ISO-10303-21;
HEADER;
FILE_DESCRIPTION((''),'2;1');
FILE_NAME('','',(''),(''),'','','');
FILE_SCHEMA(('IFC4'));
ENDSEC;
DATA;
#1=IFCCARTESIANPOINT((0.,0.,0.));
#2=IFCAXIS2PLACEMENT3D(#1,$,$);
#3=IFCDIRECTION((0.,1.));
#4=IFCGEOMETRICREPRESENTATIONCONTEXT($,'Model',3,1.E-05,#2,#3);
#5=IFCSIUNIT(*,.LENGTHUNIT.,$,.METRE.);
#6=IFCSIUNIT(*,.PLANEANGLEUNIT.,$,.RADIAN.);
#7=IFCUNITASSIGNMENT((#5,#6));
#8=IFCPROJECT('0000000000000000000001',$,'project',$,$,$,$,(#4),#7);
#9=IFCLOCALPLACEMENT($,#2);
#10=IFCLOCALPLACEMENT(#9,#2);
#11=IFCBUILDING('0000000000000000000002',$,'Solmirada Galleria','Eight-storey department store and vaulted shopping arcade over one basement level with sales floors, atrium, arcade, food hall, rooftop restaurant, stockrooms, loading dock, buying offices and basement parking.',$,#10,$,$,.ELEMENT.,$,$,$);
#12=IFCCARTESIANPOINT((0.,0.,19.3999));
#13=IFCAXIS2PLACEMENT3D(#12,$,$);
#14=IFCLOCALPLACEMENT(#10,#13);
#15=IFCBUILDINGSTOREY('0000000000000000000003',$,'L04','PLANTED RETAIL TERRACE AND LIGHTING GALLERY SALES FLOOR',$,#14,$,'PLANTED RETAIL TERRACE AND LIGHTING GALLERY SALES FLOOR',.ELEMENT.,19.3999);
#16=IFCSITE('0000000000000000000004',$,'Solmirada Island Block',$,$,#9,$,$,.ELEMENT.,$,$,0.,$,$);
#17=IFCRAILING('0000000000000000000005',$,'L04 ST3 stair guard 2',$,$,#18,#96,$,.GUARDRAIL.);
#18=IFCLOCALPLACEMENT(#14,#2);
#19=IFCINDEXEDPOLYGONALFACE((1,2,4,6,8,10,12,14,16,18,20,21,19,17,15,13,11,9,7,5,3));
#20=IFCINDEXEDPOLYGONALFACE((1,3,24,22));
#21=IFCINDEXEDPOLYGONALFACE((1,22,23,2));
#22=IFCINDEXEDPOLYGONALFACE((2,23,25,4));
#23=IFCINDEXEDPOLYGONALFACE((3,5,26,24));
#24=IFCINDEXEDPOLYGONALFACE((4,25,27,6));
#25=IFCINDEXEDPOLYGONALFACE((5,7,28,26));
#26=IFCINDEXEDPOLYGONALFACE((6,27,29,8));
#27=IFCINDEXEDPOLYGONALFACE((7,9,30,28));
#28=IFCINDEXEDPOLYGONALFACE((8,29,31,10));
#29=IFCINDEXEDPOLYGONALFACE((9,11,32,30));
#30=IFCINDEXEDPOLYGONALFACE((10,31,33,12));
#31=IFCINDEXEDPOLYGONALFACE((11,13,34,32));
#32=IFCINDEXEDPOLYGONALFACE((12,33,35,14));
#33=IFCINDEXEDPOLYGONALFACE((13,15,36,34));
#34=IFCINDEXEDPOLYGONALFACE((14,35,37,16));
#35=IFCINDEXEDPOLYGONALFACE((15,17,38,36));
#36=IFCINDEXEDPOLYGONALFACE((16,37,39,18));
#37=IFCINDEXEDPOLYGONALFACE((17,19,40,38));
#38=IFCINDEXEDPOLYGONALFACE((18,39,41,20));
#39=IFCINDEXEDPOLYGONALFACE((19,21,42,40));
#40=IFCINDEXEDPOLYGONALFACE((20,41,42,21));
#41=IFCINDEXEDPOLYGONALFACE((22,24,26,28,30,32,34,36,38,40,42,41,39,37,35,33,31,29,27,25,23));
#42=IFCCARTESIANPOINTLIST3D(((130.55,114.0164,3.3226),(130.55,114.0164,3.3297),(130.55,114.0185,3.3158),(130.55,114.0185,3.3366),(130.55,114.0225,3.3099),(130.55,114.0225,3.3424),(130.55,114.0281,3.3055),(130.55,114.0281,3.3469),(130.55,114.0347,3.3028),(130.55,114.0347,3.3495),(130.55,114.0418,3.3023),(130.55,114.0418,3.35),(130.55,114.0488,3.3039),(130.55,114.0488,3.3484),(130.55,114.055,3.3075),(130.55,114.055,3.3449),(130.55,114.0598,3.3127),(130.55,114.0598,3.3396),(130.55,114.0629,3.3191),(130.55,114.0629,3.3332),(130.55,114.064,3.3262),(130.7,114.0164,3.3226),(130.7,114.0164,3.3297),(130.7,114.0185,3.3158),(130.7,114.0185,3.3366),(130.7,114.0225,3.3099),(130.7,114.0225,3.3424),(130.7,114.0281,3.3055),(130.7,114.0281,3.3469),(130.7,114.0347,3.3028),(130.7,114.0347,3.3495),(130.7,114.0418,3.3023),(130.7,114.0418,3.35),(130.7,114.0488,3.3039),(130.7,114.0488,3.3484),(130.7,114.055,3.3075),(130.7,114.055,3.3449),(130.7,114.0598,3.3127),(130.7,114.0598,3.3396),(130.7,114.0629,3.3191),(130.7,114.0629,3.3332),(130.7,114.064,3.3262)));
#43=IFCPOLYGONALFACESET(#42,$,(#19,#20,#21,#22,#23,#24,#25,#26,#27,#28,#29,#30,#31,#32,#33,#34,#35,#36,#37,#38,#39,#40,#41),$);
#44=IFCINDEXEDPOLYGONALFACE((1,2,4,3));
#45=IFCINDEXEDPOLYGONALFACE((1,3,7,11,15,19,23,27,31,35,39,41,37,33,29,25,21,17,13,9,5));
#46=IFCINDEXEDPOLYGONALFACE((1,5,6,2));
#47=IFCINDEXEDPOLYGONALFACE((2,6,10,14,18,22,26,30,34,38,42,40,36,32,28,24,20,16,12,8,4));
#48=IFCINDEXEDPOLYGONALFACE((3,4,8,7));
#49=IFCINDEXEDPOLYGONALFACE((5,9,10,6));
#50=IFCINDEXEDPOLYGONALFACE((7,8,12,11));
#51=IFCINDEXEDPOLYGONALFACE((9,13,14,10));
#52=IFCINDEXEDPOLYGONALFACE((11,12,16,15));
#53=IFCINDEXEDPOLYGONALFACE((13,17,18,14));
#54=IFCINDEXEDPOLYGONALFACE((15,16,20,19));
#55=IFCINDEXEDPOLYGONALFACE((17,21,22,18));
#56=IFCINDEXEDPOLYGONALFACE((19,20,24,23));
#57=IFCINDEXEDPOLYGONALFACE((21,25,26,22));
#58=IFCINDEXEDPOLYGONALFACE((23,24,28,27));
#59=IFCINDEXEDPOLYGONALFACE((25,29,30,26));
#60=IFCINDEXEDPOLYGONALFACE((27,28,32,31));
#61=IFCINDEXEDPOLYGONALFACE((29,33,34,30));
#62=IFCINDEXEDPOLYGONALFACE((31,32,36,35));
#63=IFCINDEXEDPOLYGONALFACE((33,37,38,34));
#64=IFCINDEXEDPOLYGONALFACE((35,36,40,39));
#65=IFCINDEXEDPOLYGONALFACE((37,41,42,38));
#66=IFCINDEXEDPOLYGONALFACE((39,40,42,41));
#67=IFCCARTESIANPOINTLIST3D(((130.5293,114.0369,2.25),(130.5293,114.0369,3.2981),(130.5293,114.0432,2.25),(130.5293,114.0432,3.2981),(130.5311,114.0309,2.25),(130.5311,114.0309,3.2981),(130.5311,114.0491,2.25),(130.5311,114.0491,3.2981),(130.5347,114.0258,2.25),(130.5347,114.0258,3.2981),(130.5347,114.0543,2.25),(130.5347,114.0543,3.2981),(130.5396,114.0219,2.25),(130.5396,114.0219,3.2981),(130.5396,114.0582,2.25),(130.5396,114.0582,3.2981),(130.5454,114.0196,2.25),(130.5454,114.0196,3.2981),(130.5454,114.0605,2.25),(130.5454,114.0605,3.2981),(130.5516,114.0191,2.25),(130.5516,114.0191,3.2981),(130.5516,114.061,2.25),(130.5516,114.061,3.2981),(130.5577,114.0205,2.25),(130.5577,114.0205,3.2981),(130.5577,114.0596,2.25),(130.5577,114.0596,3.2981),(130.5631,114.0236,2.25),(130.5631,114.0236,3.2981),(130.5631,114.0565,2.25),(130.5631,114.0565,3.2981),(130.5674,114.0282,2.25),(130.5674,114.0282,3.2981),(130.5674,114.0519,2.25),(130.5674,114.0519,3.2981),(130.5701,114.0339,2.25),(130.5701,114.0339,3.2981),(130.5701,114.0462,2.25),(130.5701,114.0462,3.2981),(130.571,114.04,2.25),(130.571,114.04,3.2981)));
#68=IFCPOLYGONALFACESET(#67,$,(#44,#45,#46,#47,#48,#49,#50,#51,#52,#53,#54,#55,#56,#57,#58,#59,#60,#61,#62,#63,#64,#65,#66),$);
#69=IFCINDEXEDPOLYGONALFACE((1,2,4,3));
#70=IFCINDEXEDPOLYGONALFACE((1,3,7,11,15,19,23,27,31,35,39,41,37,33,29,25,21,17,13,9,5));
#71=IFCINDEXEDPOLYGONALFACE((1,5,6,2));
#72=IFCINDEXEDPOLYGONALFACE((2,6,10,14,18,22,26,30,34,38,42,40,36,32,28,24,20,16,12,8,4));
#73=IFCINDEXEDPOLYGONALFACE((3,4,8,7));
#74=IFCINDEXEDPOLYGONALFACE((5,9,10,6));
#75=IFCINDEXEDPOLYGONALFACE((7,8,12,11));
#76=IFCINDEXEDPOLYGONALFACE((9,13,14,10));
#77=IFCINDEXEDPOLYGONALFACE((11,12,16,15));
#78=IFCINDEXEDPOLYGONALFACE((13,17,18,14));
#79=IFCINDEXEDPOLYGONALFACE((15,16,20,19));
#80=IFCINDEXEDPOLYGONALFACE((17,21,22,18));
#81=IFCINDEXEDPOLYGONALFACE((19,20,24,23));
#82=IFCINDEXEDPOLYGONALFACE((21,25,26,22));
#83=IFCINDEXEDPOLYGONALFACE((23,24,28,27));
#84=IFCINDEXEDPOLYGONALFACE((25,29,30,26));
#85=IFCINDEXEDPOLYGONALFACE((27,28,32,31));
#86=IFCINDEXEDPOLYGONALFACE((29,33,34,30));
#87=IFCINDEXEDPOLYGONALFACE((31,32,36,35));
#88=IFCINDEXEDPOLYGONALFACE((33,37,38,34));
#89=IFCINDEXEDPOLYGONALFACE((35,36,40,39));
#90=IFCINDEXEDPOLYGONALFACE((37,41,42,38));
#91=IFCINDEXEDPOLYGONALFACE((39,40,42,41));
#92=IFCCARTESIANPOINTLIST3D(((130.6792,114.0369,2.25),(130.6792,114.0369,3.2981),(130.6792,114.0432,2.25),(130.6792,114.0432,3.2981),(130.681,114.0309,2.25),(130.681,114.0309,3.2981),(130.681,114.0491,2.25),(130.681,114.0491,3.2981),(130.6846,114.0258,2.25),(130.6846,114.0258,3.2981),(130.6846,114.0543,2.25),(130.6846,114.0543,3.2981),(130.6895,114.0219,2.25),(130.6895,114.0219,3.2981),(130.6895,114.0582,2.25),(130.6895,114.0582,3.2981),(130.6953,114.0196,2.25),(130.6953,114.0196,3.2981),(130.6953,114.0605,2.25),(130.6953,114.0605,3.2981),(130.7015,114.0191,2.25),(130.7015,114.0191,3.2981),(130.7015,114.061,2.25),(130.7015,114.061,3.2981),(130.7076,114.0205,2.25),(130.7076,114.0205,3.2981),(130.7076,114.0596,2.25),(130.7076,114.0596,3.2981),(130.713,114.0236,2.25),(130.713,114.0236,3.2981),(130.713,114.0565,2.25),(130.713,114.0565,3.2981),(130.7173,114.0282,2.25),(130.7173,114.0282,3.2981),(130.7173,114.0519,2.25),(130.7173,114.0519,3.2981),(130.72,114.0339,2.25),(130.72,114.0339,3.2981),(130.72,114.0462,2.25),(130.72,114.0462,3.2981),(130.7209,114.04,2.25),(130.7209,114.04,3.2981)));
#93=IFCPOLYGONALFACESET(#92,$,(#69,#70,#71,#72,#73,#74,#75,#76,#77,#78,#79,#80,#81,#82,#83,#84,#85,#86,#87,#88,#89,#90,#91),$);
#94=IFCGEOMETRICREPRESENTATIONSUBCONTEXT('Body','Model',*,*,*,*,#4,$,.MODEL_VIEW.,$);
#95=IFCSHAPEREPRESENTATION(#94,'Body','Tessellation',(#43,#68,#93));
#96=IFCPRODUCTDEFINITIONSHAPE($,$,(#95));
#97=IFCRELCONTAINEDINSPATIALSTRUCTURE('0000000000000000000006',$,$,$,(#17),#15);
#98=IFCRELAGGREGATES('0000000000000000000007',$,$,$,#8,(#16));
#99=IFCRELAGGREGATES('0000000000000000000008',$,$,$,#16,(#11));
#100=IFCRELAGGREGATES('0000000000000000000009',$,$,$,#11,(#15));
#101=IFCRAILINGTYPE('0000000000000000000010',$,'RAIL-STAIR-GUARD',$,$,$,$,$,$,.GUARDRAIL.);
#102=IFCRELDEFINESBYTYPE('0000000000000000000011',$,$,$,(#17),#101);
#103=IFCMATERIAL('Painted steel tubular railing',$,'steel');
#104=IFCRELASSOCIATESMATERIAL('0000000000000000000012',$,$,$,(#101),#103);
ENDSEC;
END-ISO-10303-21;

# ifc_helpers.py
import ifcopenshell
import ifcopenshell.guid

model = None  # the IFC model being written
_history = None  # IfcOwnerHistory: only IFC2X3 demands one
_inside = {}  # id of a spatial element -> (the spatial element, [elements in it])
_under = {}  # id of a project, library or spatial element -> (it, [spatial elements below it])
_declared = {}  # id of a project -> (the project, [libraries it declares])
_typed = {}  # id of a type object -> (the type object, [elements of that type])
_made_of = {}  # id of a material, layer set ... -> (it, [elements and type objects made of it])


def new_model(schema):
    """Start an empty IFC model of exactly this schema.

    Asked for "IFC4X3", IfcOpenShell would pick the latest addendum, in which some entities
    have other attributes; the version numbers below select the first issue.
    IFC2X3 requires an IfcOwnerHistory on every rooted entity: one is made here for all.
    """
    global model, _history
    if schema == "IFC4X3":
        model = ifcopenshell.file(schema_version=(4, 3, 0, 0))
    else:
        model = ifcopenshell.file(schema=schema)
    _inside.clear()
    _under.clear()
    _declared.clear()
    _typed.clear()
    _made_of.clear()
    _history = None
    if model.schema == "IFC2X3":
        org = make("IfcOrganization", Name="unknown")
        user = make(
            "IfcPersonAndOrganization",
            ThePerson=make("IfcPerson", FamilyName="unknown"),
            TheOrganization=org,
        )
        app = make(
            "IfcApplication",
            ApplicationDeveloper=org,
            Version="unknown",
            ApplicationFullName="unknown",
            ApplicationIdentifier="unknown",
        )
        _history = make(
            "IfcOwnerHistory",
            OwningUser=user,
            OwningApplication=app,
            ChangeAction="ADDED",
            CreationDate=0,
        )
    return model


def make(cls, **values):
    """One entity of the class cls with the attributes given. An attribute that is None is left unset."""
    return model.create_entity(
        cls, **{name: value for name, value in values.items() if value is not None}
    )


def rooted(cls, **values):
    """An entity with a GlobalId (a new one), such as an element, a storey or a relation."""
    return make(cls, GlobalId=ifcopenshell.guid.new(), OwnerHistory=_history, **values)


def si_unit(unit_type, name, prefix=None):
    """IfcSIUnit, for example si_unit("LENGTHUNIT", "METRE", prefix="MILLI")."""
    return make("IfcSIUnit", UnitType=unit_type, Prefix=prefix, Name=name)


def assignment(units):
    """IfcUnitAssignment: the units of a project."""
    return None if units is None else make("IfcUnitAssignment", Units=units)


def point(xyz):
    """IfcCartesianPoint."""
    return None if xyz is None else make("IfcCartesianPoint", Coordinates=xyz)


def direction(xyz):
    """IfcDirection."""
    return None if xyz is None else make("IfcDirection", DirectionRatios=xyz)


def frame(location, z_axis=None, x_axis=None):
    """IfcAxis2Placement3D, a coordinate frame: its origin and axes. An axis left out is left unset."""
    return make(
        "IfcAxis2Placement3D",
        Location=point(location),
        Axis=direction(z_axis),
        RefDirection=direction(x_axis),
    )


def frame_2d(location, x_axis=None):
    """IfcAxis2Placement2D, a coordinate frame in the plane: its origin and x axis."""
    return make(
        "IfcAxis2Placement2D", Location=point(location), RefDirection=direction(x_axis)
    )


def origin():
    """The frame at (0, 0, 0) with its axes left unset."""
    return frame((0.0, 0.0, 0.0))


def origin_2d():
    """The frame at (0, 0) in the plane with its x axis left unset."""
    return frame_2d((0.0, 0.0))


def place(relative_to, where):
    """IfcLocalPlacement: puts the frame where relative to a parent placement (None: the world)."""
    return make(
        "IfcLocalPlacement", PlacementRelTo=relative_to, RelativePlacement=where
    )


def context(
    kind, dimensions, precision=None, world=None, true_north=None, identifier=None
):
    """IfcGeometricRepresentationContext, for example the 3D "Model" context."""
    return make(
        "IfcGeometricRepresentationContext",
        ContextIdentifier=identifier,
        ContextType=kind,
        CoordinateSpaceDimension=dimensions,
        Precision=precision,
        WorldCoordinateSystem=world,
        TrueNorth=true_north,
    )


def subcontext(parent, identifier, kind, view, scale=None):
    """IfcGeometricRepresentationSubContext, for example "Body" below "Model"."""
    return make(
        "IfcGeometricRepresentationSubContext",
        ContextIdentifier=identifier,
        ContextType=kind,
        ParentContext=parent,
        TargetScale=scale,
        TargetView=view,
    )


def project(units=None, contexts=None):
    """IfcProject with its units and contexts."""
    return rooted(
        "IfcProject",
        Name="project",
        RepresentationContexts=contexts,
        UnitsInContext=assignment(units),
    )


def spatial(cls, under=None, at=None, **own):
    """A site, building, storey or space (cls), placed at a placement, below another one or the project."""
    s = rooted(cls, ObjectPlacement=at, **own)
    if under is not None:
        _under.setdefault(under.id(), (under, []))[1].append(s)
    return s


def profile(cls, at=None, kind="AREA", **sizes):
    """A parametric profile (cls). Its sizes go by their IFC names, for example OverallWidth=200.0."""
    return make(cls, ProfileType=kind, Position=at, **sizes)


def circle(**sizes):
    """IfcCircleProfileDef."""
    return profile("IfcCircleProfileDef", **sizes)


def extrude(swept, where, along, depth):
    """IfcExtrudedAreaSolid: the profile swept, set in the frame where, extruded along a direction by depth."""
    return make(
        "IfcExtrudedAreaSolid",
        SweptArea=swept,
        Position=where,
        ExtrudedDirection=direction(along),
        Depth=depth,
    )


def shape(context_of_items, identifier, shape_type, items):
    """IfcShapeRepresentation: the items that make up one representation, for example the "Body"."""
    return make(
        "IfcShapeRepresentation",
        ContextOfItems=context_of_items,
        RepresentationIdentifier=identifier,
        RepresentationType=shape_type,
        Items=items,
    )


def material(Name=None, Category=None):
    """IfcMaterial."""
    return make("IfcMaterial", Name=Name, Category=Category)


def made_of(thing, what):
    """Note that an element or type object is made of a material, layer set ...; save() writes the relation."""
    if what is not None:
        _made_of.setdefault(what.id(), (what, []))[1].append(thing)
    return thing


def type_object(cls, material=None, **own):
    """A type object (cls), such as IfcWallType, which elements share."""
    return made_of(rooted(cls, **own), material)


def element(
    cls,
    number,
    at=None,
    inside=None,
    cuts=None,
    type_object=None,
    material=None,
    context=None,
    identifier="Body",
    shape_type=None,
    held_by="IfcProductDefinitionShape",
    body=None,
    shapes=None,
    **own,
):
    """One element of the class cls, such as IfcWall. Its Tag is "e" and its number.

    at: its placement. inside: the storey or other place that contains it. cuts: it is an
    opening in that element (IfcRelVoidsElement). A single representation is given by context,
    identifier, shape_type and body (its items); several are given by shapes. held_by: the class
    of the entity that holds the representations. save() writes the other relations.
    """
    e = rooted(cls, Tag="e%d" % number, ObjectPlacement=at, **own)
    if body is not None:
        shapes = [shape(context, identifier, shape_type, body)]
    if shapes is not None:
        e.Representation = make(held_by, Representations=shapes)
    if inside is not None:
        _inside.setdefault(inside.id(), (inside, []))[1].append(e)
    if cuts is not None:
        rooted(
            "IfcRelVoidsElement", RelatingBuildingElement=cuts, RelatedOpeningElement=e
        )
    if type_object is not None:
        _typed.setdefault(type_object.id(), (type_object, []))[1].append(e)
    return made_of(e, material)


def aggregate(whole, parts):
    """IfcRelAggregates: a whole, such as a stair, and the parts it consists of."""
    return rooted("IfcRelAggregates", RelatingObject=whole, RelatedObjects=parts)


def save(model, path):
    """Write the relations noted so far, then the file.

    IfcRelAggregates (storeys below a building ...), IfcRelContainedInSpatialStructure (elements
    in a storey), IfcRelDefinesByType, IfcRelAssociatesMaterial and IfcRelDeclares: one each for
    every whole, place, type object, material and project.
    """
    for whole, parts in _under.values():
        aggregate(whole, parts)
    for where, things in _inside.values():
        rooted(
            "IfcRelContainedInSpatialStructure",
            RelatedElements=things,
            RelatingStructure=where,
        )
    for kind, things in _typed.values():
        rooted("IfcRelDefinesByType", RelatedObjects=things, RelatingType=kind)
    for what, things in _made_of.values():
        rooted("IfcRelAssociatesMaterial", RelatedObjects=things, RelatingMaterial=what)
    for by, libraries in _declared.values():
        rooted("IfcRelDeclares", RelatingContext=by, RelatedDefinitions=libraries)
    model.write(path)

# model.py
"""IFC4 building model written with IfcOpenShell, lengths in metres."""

from ifc_helpers import new_model, si_unit, direction, frame, origin, origin_2d, place, context, subcontext, project, spatial, circle, extrude, material, type_object, element, save


model = new_model("IFC4")

# Units and contexts
model_context = context("Model", 3, precision=1e-05, world=origin(), true_north=direction((0.0, 1.0)))
body_context = subcontext(model_context, "Body", "Model", "MODEL_VIEW")
ifc_project = project(units=[si_unit("LENGTHUNIT", "METRE"), si_unit("PLANEANGLEUNIT", "RADIAN")], contexts=[model_context])

# Site, building, storey
site_placement = place(None, origin())
site = spatial("IfcSite", under=ifc_project, at=site_placement, Name="Solmirada Island Block", CompositionType="ELEMENT", RefElevation=0.0)
building_placement = place(site_placement, origin())
building = spatial("IfcBuilding", under=site, at=building_placement, Name="Solmirada Galleria", Description="Eight-storey department store and vaulted shopping arcade over one basement level with sales floors, atrium, arcade, food hall, rooftop restaurant, stockrooms, loading dock, buying offices and basement parking.", CompositionType="ELEMENT")
storey_placement = place(building_placement, frame((0.0, 0.0, 19.3999)))
storey = spatial("IfcBuildingStorey", under=building, at=storey_placement, Name="L04", Description="PLANTED RETAIL TERRACE AND LIGHTING GALLERY SALES FLOOR", LongName="PLANTED RETAIL TERRACE AND LIGHTING GALLERY SALES FLOOR", CompositionType="ELEMENT", Elevation=19.3999)

# Railing
ifc_material_1 = material(Name="Painted steel tubular railing", Category="steel")
railing_type_1 = type_object("IfcRailingType", Name="RAIL-STAIR-GUARD", PredefinedType="GUARDRAIL", material=ifc_material_1)
railing_1_placement = place(storey_placement, frame((130.55, 114.04, 2.25)))
element("IfcRailing", 1, at=railing_1_placement, inside=storey, type_object=railing_type_1, Name="L04 ST3 stair guard 2", PredefinedType="GUARDRAIL", context=body_context, shape_type="SweptSolid", body=[
    extrude(circle(Radius=0.0239, at=origin_2d()), frame((0.0, 0.0, 1.0762), z_axis=(1.0, 0.0, 0.0), x_axis=(0.0, 1.0, 0.0)), (0.0, 0.0, 1.0), 0.1499),
    extrude(circle(Radius=0.021, at=origin_2d()), origin(), (0.0, 0.0, 1.0), 1.0481),
    extrude(circle(Radius=0.021, at=origin_2d()), frame((0.1499, 0.0, 0.0)), (0.0, 0.0, 1.0), 1.0481),
])

save(model, "model.ifc")
